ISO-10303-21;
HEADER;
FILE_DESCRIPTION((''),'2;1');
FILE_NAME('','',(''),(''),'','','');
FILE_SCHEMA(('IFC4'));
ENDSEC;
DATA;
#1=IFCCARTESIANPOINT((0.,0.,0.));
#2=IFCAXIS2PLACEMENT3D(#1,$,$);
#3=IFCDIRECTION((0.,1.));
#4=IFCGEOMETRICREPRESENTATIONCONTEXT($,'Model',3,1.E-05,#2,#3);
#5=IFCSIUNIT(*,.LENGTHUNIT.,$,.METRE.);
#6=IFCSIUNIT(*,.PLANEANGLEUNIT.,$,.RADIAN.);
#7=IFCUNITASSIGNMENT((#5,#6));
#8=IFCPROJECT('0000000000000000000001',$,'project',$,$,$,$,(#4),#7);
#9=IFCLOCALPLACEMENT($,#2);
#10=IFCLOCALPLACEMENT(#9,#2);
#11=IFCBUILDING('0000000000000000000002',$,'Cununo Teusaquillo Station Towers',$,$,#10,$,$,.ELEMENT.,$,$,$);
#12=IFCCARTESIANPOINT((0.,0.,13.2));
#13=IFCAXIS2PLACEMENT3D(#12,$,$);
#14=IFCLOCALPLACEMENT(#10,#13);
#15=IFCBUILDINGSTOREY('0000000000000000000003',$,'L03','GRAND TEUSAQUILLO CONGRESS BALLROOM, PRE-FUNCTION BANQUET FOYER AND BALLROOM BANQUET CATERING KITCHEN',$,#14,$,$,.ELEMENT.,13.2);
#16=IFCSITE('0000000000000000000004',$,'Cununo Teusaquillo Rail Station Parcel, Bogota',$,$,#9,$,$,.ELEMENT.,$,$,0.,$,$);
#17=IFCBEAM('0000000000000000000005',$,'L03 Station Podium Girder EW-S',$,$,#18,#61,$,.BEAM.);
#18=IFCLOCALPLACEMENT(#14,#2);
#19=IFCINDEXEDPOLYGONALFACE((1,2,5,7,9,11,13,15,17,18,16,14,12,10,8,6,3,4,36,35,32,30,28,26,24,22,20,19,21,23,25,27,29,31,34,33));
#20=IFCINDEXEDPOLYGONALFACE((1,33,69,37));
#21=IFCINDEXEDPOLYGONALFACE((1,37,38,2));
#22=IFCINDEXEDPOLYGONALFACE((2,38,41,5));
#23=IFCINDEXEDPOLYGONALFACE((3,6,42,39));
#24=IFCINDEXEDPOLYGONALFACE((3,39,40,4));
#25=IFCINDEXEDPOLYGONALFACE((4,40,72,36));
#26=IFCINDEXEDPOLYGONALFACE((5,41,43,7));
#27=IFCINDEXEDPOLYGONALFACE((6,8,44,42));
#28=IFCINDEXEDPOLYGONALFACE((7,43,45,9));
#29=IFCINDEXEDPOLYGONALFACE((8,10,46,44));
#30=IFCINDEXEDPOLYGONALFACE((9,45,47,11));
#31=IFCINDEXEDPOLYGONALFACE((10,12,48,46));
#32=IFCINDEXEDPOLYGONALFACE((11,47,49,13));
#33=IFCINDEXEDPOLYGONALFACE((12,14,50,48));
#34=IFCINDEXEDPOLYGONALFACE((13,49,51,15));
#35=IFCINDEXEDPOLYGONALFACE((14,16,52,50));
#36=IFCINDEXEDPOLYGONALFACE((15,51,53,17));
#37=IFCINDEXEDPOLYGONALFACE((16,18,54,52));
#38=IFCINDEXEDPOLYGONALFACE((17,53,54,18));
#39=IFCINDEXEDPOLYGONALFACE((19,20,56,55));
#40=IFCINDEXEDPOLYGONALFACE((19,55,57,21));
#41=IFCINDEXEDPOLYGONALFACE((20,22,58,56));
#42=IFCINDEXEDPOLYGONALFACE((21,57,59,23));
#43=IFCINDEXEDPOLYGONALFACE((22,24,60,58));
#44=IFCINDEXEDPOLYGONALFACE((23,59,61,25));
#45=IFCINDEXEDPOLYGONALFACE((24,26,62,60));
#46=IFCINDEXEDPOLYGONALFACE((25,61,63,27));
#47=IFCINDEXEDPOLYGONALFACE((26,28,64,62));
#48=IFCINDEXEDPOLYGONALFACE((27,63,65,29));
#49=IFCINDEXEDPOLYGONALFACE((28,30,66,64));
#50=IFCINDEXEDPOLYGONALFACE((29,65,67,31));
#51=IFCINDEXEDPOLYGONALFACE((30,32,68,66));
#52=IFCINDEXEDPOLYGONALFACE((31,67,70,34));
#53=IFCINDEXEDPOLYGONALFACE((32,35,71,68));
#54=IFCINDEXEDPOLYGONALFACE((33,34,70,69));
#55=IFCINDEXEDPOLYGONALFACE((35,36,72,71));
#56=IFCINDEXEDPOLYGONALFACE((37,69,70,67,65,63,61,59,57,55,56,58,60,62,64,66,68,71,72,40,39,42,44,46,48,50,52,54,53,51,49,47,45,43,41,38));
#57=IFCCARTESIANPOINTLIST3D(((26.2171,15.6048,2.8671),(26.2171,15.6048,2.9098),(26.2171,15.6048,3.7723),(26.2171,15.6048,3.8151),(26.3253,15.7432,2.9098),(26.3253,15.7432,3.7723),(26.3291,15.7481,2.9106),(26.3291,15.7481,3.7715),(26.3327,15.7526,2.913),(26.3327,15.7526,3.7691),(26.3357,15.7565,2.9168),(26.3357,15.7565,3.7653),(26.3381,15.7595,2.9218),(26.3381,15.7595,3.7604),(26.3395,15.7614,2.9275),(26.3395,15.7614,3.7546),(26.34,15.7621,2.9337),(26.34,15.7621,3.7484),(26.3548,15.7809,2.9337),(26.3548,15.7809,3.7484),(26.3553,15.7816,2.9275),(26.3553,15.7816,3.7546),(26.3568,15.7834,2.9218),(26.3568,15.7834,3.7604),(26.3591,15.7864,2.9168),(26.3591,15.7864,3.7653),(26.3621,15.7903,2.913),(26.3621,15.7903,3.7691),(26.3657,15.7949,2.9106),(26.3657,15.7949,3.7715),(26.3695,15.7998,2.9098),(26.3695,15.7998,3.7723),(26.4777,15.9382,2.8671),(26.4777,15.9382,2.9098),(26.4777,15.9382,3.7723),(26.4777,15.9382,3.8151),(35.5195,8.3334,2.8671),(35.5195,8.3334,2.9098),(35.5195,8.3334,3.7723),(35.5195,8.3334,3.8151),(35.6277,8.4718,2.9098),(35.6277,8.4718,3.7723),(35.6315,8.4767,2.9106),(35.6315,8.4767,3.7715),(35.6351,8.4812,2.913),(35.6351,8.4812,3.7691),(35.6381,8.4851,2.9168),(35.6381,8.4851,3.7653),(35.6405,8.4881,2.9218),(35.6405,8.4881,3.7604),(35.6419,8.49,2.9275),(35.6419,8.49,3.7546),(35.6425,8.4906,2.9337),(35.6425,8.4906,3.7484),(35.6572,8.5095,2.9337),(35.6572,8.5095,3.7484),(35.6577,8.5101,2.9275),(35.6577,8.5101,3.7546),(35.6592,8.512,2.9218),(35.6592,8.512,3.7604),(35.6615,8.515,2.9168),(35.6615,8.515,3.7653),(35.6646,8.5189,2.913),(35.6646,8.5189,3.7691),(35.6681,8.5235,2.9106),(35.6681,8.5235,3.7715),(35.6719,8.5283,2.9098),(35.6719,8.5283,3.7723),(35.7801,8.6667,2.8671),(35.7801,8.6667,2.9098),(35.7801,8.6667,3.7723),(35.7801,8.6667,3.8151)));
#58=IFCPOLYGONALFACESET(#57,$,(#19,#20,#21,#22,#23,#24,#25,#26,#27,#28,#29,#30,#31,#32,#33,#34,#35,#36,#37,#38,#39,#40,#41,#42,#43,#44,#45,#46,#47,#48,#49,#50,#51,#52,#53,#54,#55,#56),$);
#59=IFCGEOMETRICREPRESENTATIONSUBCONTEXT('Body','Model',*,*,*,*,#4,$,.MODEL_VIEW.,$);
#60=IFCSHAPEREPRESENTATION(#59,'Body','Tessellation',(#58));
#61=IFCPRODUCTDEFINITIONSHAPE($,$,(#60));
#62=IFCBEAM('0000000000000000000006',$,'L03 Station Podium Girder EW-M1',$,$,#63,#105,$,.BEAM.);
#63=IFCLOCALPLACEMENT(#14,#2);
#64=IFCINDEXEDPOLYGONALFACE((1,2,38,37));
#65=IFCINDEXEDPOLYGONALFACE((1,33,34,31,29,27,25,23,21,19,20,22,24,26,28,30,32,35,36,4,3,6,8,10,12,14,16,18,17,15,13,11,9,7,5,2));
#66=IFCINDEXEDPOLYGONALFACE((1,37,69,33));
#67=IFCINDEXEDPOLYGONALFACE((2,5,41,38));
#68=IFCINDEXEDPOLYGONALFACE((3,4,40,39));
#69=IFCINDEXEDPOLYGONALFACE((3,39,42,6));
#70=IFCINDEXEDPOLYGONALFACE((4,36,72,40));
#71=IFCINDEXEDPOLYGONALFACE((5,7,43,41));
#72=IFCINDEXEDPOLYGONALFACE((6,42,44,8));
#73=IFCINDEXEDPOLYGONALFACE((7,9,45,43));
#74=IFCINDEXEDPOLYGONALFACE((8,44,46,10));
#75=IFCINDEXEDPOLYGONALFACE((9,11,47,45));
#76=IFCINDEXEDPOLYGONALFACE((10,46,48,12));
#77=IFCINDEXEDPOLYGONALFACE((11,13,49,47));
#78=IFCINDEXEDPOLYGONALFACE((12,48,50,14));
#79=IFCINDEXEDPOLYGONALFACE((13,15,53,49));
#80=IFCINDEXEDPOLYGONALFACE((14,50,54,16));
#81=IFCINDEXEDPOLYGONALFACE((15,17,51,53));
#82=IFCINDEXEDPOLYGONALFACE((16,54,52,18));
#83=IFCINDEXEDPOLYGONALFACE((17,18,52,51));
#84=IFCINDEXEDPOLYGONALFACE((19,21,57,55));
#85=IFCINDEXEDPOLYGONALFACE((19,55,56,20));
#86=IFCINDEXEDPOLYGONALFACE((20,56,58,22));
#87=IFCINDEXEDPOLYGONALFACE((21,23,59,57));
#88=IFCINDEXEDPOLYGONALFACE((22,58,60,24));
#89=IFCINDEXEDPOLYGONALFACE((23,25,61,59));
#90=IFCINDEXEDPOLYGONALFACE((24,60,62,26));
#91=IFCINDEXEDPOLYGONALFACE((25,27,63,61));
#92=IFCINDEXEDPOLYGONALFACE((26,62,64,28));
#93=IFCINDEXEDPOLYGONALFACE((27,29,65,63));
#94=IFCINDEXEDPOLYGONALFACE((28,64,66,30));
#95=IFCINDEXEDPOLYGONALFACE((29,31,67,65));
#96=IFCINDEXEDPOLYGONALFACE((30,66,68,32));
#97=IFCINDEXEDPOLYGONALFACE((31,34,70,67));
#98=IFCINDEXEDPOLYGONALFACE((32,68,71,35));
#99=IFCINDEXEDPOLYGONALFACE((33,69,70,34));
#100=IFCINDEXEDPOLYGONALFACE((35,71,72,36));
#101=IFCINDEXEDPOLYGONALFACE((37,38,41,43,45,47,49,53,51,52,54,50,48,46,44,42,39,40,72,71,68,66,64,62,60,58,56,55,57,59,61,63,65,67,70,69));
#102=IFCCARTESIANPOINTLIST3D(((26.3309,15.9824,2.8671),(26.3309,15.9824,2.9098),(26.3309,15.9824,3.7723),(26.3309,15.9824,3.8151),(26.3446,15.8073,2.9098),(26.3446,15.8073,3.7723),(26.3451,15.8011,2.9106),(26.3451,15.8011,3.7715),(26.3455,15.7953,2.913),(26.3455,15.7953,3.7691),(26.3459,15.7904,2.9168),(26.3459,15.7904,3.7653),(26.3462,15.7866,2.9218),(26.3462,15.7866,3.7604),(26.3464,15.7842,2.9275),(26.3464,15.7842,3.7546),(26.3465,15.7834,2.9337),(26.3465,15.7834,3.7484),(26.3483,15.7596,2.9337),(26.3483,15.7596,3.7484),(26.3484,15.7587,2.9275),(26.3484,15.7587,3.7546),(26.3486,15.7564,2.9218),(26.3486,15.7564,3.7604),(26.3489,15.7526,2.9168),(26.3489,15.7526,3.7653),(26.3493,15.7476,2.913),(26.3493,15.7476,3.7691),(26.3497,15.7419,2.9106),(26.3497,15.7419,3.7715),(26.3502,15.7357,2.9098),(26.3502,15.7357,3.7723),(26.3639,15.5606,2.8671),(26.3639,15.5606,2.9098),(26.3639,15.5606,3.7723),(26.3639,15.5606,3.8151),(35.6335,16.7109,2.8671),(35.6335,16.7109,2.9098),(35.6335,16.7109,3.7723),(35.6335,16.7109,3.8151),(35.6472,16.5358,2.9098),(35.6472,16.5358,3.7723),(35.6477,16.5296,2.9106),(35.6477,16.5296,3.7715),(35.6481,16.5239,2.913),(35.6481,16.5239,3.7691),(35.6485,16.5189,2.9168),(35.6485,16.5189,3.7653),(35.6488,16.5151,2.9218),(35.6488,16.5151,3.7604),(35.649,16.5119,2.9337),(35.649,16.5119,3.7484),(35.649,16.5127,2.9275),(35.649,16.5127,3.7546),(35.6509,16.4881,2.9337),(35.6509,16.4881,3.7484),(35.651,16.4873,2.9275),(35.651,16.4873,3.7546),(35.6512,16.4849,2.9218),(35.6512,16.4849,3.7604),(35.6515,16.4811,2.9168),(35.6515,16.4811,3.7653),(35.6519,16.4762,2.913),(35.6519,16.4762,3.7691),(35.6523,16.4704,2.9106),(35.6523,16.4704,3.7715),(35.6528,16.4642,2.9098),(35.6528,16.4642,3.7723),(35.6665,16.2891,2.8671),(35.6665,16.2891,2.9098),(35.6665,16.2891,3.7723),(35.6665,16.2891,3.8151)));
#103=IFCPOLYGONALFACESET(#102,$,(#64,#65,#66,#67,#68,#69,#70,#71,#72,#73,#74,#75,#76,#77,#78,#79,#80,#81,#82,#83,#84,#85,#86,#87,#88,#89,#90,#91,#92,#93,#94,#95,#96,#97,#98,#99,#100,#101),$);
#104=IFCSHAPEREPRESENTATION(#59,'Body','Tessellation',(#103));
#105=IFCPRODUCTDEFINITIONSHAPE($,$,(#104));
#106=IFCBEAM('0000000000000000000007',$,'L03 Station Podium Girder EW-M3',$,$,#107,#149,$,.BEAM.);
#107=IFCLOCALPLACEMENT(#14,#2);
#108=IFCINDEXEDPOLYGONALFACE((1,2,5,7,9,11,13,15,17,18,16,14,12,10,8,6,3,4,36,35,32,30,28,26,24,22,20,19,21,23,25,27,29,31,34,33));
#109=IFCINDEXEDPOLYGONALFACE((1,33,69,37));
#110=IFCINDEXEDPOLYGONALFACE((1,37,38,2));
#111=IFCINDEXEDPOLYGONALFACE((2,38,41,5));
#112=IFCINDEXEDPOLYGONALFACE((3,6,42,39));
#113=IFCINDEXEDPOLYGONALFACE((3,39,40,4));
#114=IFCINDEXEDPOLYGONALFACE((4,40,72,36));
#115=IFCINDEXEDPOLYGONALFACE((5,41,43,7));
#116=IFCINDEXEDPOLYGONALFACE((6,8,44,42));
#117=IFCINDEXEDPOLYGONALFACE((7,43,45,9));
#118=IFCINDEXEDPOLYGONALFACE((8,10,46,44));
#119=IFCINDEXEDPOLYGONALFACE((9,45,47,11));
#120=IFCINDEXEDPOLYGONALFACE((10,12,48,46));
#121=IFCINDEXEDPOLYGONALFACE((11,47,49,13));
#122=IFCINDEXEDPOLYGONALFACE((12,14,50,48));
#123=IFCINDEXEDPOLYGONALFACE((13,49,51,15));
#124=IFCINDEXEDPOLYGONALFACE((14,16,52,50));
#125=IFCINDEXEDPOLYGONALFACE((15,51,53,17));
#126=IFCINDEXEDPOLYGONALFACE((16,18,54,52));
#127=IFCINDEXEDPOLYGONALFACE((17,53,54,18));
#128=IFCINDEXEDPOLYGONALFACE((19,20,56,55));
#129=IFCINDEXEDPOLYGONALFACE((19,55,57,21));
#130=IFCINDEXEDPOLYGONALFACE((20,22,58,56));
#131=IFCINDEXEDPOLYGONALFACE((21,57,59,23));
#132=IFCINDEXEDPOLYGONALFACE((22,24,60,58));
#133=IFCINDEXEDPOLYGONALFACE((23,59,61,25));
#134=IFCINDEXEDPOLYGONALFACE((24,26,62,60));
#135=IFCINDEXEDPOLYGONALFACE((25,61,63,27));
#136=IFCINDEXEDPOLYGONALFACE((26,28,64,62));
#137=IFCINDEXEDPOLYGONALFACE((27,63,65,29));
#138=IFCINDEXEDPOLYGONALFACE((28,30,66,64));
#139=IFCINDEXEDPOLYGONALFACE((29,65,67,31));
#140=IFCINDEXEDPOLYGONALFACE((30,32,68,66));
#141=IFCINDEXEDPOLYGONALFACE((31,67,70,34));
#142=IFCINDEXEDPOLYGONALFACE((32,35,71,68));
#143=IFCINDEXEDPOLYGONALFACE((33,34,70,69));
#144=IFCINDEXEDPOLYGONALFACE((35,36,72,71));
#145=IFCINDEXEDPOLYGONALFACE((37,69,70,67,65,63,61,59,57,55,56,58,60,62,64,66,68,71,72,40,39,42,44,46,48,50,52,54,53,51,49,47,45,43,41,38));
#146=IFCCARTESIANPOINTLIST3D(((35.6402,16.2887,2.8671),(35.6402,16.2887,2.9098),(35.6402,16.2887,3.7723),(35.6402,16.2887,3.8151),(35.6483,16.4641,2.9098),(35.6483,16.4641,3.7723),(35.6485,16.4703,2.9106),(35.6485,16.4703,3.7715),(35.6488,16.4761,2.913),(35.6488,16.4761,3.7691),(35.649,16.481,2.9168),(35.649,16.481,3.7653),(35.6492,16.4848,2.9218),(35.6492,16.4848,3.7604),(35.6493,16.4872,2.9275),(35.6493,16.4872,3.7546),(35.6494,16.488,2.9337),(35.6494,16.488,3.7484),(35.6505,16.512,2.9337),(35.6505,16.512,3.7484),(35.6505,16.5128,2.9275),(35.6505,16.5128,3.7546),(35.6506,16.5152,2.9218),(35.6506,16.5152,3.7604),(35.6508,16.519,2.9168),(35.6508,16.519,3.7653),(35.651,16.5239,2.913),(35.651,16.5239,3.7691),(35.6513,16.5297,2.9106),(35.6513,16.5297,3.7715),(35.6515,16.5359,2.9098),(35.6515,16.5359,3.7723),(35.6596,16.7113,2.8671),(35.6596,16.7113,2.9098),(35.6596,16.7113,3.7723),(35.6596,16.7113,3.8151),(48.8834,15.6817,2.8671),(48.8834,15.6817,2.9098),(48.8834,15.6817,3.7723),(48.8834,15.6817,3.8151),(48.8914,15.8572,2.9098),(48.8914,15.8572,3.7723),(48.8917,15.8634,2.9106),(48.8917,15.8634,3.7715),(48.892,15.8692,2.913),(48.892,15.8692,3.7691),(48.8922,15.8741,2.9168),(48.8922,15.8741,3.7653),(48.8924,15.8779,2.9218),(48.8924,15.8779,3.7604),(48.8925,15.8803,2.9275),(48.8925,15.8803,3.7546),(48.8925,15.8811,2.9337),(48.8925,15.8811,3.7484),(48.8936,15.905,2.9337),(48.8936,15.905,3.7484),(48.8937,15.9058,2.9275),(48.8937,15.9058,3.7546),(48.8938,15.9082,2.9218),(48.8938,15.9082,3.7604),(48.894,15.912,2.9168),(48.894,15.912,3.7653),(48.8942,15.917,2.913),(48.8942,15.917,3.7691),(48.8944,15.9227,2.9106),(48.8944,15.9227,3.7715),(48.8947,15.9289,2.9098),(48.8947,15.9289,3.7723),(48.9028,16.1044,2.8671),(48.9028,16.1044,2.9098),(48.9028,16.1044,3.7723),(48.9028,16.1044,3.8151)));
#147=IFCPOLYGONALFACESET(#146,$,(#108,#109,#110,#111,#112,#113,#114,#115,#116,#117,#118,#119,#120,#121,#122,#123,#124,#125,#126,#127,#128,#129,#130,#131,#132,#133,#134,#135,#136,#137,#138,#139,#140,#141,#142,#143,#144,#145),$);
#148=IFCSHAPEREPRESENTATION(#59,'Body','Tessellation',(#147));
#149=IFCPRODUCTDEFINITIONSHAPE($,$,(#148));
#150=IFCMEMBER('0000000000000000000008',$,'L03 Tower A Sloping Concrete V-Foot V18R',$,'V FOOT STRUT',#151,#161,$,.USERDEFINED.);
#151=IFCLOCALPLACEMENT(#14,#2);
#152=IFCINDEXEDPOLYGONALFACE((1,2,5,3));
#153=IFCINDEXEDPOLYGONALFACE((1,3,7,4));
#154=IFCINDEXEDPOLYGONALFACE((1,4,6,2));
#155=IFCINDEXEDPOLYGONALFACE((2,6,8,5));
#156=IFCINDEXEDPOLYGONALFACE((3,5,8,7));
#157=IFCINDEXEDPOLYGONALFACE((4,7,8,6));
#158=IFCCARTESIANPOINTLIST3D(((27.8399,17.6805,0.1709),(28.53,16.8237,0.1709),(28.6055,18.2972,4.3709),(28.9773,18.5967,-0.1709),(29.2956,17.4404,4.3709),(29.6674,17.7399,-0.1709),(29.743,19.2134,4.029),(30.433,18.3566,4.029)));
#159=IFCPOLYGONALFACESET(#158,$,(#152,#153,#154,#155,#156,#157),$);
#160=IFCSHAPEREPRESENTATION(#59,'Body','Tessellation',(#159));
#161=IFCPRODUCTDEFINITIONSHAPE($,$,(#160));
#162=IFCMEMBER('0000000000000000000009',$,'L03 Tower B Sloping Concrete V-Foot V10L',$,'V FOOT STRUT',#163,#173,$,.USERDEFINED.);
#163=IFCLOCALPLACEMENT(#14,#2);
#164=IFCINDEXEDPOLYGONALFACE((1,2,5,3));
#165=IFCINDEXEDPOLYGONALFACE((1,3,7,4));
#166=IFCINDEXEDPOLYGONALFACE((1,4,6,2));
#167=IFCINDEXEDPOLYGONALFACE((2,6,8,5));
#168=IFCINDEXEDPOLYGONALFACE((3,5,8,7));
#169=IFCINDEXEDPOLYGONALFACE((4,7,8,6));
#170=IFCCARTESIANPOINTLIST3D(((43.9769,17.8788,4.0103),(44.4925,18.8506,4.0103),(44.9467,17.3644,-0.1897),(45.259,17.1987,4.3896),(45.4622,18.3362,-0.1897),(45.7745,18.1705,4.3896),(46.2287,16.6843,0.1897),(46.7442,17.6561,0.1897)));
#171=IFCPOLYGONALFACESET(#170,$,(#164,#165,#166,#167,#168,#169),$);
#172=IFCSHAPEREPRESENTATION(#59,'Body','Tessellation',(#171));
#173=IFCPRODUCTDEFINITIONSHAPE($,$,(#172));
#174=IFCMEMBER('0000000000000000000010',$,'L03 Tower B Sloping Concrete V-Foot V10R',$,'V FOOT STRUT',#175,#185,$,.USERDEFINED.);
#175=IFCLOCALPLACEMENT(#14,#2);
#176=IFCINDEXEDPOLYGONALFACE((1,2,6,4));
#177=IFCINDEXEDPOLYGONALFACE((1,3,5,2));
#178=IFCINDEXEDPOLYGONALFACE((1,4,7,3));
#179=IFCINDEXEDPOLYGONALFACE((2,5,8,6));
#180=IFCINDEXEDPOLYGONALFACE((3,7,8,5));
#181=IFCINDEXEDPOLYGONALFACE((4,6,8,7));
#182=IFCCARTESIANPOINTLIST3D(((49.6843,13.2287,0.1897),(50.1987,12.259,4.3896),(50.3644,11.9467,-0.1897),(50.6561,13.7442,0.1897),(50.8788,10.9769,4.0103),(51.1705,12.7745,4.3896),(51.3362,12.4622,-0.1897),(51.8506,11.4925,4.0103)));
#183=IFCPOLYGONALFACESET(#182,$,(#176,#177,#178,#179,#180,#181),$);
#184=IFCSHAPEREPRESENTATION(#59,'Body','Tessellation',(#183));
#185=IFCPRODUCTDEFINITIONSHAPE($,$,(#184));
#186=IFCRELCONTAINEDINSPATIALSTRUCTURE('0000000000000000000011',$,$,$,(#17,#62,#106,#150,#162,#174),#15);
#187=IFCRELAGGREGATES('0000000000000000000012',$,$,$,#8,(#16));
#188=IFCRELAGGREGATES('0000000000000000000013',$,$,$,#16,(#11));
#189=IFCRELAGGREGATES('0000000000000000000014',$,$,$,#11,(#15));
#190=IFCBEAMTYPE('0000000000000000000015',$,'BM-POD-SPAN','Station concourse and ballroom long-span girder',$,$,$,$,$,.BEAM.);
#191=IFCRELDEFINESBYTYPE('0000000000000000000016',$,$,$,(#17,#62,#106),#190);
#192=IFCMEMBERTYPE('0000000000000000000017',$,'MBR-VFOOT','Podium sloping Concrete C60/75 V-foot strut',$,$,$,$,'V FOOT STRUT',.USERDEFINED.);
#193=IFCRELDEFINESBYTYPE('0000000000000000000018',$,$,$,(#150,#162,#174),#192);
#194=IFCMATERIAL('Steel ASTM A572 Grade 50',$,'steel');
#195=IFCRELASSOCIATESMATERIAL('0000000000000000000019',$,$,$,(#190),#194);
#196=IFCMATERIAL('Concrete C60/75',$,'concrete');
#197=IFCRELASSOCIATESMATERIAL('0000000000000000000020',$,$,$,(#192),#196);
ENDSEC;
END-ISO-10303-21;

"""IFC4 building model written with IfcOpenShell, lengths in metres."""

from ifc_helpers import new_model, si_unit, direction, frame, origin, origin_2d, place, context, subcontext, project, spatial, rectangle, i_section, extrude, material, material_profile, profile_set, type_object, element, save


model = new_model("IFC4")

# Units and contexts
model_context = context("Model", 3, precision=1e-05, world=origin(), true_north=direction((0.0, 1.0)))
body_context = subcontext(model_context, "Body", "Model", "MODEL_VIEW")
ifc_project = project(units=[si_unit("LENGTHUNIT", "METRE"), si_unit("PLANEANGLEUNIT", "RADIAN")], contexts=[model_context])

# Site, building, storey
site_placement = place(None, origin())
site = spatial("IfcSite", under=ifc_project, at=site_placement, Name="Cununo Teusaquillo Rail Station Parcel, Bogota", CompositionType="ELEMENT", RefElevation=0.0)
building_placement = place(site_placement, origin())
building = spatial("IfcBuilding", under=site, at=building_placement, Name="Cununo Teusaquillo Station Towers", CompositionType="ELEMENT")
storey_placement = place(building_placement, frame((0.0, 0.0, 13.2)))
storey = spatial("IfcBuildingStorey", under=building, at=storey_placement, Name="L03", Description="GRAND TEUSAQUILLO CONGRESS BALLROOM, PRE-FUNCTION BANQUET FOYER AND BALLROOM BANQUET CATERING KITCHEN", CompositionType="ELEMENT", Elevation=13.2)

# Beams
ifc_material_1 = material(Name="Steel ASTM A572 Grade 50", Category="steel")
ifc_material_profile_1 = material_profile(ifc_material_1, i_section(OverallWidth=0.4231, OverallDepth=0.948, WebThickness=0.0239, FlangeThickness=0.0427, FilletRadius=0.0239, at=origin_2d()), Name="W36X302")
ifc_profile_set_1 = profile_set([ifc_material_profile_1], Name="Steel ASTM A572 Grade 50")
beam_type_1 = type_object("IfcBeamType", Name="BM-POD-SPAN", Description="Station concourse and ballroom long-span girder", PredefinedType="BEAM", material=ifc_profile_set_1)
beam_1_placement = place(storey_placement, frame((26.3474, 15.7715, 3.3411), z_axis=(0.787864, -0.61585, 0.0), x_axis=(0.61585, 0.787864, 0.0)))
element("IfcBeam", 1, at=beam_1_placement, inside=storey, type_object=beam_type_1, Name="L03 Station Podium Girder EW-S", PredefinedType="BEAM", context=body_context, shape_type="SweptSolid", body=[
    extrude(i_section(OverallWidth=0.4231, OverallDepth=0.948, WebThickness=0.0239, FlangeThickness=0.0427, FilletRadius=0.0239, at=origin_2d()), origin(), (0.0, 0.0, 1.0), 11.8071),
])
beam_2_placement = place(storey_placement, frame((26.3474, 15.7715, 3.3411), z_axis=(0.996947, 0.078075, 0.0), x_axis=(-0.078075, 0.996947, 0.0)))
element("IfcBeam", 2, at=beam_2_placement, inside=storey, type_object=beam_type_1, Name="L03 Station Podium Girder EW-M1", PredefinedType="BEAM", context=body_context, shape_type="SweptSolid", body=[
    extrude(i_section(OverallWidth=0.4231, OverallDepth=0.948, WebThickness=0.0239, FlangeThickness=0.0427, FilletRadius=0.0239, at=origin_2d()), origin(), (0.0, 0.0, 1.0), 9.3311),
])
beam_3_placement = place(storey_placement, frame((35.6499, 16.5, 3.3411), z_axis=(0.998951, -0.045782, 0.0), x_axis=(0.045782, 0.998951, 0.0)))
element("IfcBeam", 3, at=beam_3_placement, inside=storey, type_object=beam_type_1, Name="L03 Station Podium Girder EW-M3", PredefinedType="BEAM", context=body_context, shape_type="SweptSolid", body=[
    extrude(i_section(OverallWidth=0.4231, OverallDepth=0.948, WebThickness=0.0239, FlangeThickness=0.0427, FilletRadius=0.0239, at=origin_2d()), origin(), (0.0, 0.0, 1.0), 13.2571),
])

# Members
ifc_material_2 = material(Name="Concrete C60/75", Category="concrete")
ifc_material_profile_2 = material_profile(ifc_material_2, rectangle(XDim=1.1001, YDim=1.5, at=origin_2d()), Name="RC-RECT-1500x1100")
ifc_profile_set_2 = profile_set([ifc_material_profile_2], Name="Concrete C60/75")
member_type = type_object("IfcMemberType", Name="MBR-VFOOT", Description="Podium sloping Concrete C60/75 V-foot strut", ElementType="V FOOT STRUT", PredefinedType="USERDEFINED", material=ifc_profile_set_2)
member_placement = place(storey_placement, frame((28.7537, 17.7102, 0.0), z_axis=(0.177496, 0.14297, 0.973681), x_axis=(-0.627296, 0.778781, 0.0)))
element("IfcMember", 4, at=member_placement, inside=storey, type_object=member_type, Name="L03 Tower A Sloping Concrete V-Foot V18R", ObjectType="V FOOT STRUT", PredefinedType="USERDEFINED", context=body_context, shape_type="SweptSolid", body=[
    extrude(rectangle(XDim=1.1001, YDim=1.5, at=origin_2d()), origin(), (0.0, 0.0, 1.0), 4.3135),
])
for number, where, z_axis, x_axis, name in (
    (5, (45.8455, 17.5103, 0.0), (-0.223386, 0.118498, 0.9675), (-0.468613, -0.883404, 0.0), "L03 Tower B Sloping Concrete V-Foot V10L"),
    (6, (50.5103, 12.8455, 0.0), (0.118498, -0.223386, 0.9675), (0.883404, 0.468613, 0.0), "L03 Tower B Sloping Concrete V-Foot V10R"),
):
    element("IfcMember", number, at=place(storey_placement, frame(where, z_axis=z_axis, x_axis=x_axis)), inside=storey, type_object=member_type, Name=name, ObjectType="V FOOT STRUT", PredefinedType="USERDEFINED", context=body_context, shape_type="SweptSolid", body=[
        extrude(rectangle(XDim=1.1001, YDim=1.5, at=origin_2d()), origin(), (0.0, 0.0, 1.0), 4.3411),
    ])

save(model, "model.ifc")
